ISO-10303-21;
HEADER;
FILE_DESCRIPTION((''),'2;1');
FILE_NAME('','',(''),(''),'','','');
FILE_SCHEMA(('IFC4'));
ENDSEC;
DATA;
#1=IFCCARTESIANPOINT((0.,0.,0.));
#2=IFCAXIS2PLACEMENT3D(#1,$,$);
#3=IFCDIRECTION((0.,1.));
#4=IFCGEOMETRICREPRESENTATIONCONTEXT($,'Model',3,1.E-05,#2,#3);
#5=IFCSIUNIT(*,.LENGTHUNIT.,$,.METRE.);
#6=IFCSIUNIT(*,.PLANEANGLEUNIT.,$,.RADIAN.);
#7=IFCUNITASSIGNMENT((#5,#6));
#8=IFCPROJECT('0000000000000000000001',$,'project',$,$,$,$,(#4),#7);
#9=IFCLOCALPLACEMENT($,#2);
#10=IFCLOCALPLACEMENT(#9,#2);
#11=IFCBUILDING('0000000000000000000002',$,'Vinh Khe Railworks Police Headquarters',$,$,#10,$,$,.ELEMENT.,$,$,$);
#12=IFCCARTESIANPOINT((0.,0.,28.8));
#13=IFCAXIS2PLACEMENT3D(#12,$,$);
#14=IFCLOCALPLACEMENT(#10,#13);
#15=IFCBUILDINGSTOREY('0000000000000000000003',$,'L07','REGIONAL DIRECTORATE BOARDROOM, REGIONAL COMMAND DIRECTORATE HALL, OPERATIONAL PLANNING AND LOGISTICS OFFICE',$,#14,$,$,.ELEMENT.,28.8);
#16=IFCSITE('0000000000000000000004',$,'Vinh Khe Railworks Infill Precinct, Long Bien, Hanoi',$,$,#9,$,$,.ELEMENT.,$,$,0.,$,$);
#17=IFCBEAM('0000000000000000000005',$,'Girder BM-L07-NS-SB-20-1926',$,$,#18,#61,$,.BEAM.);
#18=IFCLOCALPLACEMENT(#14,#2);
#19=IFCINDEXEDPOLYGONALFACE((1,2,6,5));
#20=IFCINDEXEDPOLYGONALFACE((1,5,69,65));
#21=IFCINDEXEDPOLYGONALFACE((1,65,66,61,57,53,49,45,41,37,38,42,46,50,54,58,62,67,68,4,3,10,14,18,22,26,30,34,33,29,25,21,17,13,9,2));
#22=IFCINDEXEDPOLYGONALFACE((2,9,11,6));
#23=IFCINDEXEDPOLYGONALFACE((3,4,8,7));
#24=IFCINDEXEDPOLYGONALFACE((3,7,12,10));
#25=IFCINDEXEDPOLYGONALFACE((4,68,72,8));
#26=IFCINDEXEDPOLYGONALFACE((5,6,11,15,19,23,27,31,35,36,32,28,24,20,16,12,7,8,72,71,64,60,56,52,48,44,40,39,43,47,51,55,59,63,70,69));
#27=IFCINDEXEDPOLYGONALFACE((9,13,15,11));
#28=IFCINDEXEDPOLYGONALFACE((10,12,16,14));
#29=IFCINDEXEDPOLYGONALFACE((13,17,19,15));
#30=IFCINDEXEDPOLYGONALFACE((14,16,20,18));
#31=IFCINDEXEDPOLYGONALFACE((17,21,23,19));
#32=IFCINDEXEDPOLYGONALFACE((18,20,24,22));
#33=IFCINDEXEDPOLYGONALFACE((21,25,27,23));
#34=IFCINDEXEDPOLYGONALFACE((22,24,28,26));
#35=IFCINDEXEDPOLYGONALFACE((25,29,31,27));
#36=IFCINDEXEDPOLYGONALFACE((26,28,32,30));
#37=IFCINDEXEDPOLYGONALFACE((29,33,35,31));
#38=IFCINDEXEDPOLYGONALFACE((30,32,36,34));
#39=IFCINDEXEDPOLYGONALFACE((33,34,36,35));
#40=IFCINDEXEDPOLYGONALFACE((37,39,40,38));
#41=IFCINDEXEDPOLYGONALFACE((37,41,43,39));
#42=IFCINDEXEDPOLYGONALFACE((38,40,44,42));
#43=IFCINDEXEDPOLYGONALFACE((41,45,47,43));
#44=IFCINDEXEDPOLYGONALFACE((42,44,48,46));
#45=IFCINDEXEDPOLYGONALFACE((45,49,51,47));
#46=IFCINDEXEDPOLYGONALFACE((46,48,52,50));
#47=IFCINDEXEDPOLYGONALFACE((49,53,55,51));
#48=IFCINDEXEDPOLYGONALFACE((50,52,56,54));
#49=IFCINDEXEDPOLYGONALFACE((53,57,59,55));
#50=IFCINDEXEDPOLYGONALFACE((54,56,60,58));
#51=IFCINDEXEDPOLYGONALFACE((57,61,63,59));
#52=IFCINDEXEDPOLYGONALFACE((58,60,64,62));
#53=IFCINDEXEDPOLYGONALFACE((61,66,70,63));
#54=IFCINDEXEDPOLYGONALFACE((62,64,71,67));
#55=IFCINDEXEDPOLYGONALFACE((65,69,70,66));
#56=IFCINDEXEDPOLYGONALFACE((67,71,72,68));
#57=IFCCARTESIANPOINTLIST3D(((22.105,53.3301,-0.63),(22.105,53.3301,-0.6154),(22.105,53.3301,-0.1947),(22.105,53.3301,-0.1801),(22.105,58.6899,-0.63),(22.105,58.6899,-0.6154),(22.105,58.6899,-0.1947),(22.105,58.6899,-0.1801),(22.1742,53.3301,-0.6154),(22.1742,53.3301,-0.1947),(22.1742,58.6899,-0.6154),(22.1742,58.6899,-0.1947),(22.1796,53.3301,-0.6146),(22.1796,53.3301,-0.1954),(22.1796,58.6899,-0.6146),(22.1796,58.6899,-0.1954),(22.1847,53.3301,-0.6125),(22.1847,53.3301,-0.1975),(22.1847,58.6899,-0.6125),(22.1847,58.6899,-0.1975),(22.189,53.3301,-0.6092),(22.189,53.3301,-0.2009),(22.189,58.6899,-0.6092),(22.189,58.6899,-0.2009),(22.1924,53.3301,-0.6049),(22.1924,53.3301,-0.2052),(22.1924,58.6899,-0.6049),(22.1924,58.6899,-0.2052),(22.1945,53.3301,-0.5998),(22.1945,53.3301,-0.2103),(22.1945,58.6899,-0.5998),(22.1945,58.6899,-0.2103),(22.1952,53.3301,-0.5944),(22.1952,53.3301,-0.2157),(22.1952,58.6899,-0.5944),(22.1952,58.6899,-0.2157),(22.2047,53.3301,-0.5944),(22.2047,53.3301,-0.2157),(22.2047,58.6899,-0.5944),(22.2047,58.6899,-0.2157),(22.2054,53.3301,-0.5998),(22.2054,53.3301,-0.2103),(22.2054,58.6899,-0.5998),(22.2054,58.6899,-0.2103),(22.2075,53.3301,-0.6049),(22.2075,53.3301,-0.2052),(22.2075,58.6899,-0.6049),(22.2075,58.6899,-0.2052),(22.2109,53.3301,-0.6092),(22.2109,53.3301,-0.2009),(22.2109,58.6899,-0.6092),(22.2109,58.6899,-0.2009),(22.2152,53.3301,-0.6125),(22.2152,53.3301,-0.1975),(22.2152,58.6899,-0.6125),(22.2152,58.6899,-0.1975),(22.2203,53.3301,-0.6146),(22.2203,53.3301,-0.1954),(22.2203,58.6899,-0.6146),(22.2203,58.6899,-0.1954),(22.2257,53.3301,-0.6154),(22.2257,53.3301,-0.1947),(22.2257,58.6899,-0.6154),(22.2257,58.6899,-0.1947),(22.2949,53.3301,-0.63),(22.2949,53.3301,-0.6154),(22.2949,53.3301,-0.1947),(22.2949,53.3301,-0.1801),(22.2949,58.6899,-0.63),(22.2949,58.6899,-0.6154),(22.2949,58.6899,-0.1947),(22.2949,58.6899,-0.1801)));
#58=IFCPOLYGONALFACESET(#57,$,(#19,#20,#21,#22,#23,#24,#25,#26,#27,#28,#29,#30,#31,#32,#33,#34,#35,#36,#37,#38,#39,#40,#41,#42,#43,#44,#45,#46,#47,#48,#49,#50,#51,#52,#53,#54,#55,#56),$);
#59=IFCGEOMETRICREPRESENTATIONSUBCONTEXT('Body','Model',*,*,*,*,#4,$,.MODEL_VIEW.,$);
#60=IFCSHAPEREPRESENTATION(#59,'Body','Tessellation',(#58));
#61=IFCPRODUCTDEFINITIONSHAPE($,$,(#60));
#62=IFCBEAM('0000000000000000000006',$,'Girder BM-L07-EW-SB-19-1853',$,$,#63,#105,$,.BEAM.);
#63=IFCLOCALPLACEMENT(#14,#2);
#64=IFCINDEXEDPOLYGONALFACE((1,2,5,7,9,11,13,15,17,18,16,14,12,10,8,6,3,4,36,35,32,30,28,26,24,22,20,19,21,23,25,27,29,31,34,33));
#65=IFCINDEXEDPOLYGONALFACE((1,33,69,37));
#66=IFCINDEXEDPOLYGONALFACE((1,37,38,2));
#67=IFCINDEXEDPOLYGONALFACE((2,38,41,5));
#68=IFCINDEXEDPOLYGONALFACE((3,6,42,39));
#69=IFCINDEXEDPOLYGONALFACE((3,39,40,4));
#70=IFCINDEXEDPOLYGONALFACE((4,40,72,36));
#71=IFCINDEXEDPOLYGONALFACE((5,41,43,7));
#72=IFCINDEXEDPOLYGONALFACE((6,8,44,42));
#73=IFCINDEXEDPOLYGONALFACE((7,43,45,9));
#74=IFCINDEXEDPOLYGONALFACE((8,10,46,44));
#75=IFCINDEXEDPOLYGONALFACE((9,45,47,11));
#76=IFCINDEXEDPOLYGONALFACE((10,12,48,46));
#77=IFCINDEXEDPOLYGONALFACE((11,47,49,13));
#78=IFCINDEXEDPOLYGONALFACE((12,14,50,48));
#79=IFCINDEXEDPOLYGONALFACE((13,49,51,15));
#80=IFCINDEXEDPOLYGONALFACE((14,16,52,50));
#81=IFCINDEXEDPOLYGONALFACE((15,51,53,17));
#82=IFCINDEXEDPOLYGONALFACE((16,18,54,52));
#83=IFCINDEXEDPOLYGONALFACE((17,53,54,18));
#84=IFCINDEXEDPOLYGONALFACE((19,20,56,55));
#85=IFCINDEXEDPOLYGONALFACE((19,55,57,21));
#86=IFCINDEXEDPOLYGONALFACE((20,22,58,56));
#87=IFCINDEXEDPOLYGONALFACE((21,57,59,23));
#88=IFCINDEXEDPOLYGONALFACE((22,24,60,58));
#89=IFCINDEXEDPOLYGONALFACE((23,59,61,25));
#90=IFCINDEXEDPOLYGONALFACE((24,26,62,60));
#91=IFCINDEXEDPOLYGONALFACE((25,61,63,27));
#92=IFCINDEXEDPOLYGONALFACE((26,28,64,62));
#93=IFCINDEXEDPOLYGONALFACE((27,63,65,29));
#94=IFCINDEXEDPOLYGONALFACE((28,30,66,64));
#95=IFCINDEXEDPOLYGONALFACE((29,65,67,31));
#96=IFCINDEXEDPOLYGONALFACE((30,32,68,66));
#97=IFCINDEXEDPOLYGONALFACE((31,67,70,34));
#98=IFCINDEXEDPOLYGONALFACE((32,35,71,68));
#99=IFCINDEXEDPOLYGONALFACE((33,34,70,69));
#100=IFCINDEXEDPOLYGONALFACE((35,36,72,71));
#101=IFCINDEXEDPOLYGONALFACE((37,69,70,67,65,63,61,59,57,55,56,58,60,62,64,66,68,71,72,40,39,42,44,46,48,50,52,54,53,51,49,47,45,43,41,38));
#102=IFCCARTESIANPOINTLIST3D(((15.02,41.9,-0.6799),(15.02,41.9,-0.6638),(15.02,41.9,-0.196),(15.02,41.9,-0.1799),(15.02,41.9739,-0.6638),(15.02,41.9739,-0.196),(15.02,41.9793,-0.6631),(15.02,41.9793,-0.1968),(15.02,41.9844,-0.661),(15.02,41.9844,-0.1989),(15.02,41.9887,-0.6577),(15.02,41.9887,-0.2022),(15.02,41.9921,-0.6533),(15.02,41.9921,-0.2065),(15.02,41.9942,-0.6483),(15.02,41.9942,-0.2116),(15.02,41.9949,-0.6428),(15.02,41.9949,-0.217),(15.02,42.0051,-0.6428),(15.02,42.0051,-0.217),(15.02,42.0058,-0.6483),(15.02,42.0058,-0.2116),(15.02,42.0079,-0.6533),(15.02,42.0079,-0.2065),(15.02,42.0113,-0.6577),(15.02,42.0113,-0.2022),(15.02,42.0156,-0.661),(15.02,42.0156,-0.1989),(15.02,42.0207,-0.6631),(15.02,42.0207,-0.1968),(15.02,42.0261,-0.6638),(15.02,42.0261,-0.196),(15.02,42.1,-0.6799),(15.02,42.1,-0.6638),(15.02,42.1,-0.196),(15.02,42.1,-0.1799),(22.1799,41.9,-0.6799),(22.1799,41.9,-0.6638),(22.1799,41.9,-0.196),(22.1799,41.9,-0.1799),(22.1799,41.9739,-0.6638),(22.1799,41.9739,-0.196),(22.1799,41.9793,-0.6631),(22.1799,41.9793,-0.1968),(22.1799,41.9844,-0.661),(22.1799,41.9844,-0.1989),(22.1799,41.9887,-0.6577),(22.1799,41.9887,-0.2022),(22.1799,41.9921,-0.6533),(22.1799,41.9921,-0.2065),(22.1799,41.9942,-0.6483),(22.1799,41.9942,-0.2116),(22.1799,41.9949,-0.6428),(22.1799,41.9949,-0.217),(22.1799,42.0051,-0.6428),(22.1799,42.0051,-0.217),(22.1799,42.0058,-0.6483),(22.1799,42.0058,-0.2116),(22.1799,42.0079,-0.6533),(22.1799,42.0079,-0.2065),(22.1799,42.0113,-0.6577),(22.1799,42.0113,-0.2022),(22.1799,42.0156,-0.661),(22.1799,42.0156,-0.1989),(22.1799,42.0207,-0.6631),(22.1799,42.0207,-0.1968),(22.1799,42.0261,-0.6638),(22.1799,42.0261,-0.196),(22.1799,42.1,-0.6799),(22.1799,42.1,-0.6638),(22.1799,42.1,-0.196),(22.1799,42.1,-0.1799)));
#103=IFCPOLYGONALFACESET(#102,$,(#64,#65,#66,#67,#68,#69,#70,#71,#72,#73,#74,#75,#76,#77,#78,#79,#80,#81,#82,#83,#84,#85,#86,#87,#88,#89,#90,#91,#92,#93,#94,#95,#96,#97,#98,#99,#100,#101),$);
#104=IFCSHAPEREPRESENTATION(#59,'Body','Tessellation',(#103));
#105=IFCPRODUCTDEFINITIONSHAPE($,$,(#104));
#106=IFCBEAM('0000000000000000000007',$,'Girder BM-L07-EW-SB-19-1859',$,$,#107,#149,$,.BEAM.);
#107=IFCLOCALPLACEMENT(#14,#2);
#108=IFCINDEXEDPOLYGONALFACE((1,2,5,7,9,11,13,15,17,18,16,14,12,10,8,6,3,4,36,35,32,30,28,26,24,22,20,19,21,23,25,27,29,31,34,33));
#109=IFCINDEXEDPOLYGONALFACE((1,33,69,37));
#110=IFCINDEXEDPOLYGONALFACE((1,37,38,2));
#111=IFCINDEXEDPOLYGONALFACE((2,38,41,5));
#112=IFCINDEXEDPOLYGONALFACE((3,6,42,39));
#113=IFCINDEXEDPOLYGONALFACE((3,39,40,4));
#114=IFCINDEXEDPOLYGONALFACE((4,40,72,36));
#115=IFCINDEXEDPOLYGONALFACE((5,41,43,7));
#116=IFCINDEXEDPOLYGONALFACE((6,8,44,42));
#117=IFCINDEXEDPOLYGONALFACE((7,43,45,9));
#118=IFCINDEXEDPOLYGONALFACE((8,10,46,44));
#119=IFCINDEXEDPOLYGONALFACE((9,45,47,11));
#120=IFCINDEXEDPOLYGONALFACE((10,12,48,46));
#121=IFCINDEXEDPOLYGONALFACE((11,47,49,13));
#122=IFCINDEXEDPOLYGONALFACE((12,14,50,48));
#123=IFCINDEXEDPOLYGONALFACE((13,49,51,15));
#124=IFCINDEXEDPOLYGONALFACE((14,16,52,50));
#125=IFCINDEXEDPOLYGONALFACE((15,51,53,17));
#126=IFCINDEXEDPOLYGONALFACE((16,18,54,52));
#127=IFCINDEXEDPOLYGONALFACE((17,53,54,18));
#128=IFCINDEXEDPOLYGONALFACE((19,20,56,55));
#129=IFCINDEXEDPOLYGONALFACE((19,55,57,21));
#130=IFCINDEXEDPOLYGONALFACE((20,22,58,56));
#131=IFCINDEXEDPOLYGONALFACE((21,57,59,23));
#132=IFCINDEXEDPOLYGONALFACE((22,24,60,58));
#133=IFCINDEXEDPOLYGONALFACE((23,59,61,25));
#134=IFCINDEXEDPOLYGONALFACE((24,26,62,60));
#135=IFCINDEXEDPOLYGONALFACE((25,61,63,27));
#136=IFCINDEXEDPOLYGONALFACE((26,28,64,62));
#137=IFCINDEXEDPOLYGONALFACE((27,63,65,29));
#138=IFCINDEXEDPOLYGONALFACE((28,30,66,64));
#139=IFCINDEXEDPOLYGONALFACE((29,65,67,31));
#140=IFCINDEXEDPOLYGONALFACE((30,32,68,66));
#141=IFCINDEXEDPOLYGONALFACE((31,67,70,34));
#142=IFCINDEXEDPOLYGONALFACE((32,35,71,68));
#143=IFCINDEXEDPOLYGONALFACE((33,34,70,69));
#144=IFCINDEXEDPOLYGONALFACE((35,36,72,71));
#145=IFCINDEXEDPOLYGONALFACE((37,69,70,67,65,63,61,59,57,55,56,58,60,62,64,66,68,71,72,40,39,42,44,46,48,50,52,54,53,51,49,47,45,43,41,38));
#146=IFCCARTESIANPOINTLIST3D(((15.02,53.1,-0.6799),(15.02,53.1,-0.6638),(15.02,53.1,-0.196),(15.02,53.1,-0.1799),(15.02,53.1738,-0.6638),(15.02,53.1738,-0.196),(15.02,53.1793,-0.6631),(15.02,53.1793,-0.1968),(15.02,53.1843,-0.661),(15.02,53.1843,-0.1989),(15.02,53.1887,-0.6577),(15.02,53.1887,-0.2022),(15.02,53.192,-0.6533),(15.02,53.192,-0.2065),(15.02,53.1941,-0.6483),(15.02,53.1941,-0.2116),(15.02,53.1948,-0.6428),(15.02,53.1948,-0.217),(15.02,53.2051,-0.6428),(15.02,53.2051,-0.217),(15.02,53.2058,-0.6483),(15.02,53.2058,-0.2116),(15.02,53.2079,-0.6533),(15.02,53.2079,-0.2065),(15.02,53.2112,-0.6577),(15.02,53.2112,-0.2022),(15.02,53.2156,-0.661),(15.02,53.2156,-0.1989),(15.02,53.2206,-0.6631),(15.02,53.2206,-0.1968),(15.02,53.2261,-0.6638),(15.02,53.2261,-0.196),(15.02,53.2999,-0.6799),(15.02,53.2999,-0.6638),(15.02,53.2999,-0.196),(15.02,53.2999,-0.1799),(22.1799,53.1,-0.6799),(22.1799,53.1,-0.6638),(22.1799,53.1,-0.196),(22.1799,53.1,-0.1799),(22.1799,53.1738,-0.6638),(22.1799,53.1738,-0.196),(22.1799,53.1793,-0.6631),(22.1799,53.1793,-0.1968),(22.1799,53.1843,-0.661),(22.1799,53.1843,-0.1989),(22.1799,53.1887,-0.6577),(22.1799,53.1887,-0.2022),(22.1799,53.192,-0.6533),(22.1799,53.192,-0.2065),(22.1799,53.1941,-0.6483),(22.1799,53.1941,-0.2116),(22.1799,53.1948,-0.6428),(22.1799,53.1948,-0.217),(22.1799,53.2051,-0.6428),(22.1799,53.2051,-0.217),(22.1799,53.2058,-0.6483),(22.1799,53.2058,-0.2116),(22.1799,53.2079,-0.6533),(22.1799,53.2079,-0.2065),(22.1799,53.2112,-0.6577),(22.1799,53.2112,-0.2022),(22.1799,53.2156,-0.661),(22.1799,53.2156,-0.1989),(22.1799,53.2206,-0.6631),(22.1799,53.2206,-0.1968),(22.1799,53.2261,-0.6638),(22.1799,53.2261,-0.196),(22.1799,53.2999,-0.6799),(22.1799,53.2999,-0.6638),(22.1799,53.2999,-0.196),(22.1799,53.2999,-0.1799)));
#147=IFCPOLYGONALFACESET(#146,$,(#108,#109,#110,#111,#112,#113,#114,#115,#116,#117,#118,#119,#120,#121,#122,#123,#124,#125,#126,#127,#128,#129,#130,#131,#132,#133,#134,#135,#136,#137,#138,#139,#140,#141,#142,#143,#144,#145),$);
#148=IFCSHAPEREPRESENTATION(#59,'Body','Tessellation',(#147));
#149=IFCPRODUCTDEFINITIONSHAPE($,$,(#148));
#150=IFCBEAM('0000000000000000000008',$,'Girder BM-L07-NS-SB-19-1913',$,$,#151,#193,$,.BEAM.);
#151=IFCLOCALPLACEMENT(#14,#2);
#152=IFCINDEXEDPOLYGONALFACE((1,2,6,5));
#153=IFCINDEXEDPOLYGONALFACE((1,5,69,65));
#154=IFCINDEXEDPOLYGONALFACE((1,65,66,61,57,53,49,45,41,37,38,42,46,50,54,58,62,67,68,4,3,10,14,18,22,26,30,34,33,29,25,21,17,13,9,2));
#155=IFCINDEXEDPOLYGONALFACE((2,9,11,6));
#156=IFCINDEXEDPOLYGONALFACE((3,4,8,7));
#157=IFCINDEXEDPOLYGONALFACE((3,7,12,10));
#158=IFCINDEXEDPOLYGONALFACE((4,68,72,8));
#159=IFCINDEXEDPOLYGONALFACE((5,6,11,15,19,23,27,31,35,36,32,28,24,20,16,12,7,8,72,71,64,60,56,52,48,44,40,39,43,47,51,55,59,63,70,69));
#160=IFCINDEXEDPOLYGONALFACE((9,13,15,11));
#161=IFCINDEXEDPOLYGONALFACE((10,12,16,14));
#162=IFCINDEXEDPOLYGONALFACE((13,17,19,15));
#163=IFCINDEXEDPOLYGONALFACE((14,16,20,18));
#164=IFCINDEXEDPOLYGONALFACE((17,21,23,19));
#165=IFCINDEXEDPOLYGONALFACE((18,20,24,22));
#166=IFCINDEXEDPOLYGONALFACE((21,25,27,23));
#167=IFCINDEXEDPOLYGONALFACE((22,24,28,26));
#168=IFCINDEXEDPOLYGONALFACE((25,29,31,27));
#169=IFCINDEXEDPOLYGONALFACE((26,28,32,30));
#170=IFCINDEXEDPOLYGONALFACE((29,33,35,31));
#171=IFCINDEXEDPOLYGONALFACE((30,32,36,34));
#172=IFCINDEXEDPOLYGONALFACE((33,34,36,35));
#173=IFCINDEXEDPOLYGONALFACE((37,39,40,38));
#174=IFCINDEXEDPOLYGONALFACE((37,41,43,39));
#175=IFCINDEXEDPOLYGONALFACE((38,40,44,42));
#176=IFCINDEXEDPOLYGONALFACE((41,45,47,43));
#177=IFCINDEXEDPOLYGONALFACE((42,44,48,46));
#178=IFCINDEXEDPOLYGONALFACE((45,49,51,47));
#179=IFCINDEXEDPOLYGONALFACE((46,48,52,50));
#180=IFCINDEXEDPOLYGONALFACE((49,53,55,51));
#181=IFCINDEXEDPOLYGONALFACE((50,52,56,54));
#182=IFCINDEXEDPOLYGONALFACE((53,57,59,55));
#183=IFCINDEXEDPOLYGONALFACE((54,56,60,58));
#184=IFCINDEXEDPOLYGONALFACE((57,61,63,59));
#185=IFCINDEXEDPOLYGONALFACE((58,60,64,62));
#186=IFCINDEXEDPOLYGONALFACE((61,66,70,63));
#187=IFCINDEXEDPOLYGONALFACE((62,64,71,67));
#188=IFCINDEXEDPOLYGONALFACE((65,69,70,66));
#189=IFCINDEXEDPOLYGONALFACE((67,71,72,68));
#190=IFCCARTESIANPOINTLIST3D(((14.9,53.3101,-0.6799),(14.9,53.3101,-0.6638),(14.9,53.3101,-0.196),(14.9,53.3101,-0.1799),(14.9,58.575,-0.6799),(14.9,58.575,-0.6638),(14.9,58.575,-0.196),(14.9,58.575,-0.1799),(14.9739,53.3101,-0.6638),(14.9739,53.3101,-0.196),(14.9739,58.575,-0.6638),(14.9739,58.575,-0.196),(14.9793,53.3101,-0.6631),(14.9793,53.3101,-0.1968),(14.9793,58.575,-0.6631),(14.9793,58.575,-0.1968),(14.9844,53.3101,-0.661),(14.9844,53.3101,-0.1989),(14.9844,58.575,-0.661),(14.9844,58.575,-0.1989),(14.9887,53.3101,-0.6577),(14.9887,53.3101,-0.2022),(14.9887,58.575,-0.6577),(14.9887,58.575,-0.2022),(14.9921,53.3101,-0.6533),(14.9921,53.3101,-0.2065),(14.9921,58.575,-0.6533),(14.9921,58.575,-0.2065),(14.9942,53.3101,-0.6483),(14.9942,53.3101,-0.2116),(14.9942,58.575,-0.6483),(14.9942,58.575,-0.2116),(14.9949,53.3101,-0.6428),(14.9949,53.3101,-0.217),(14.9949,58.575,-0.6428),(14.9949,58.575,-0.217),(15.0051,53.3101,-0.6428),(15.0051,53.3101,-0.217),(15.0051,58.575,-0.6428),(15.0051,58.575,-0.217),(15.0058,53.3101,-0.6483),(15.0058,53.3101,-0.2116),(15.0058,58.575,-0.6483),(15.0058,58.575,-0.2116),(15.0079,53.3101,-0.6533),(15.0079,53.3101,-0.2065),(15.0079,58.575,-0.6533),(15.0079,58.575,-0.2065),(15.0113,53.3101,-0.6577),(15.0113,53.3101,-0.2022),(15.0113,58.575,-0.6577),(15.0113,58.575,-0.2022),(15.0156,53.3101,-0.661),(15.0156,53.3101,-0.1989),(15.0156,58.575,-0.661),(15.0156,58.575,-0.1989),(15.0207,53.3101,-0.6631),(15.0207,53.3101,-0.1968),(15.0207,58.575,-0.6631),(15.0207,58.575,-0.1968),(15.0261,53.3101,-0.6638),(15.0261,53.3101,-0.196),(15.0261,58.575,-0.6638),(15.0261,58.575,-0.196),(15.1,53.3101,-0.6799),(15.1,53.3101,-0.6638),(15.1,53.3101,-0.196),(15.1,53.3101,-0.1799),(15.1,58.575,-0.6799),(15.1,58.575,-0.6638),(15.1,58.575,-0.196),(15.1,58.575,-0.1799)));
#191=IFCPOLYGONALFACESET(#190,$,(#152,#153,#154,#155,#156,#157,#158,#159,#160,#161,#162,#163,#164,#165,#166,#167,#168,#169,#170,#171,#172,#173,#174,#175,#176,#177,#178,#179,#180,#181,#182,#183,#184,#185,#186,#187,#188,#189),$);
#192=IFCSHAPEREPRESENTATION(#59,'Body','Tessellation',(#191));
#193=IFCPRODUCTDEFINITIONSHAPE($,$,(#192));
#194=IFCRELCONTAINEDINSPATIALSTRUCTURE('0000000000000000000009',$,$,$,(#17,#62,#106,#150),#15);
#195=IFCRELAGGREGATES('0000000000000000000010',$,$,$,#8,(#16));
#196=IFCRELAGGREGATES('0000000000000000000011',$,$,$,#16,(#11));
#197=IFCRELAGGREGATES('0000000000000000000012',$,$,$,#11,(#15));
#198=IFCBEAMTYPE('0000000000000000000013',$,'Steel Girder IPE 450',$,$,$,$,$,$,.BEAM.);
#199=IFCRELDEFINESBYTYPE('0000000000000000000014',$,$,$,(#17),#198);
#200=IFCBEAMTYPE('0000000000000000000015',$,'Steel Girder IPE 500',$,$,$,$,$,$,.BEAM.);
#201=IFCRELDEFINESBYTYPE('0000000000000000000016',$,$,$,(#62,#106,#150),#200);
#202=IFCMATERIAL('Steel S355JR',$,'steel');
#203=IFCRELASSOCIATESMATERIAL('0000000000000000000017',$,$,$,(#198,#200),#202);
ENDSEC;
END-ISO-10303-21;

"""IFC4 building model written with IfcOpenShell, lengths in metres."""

from ifc_helpers import new_model, si_unit, direction, frame, origin, origin_2d, place, context, subcontext, project, spatial, i_section, extrude, material, material_profile, profile_set, type_object, element, save


model = new_model("IFC4")

# Units and contexts
model_context = context("Model", 3, precision=1e-05, world=origin(), true_north=direction((0.0, 1.0)))
body_context = subcontext(model_context, "Body", "Model", "MODEL_VIEW")
ifc_project = project(units=[si_unit("LENGTHUNIT", "METRE"), si_unit("PLANEANGLEUNIT", "RADIAN")], contexts=[model_context])

# Site, building, storey
site_placement = place(None, origin())
site = spatial("IfcSite", under=ifc_project, at=site_placement, Name="Vinh Khe Railworks Infill Precinct, Long Bien, Hanoi", CompositionType="ELEMENT", RefElevation=0.0)
building_placement = place(site_placement, origin())
building = spatial("IfcBuilding", under=site, at=building_placement, Name="Vinh Khe Railworks Police Headquarters", CompositionType="ELEMENT")
storey_placement = place(building_placement, frame((0.0, 0.0, 28.8)))
storey = spatial("IfcBuildingStorey", under=building, at=storey_placement, Name="L07", Description="REGIONAL DIRECTORATE BOARDROOM, REGIONAL COMMAND DIRECTORATE HALL, OPERATIONAL PLANNING AND LOGISTICS OFFICE", CompositionType="ELEMENT", Elevation=28.8)

# Shared definitions
ifc_material_1 = material(Name="Steel S355JR", Category="steel")

# Beams
ifc_material_profile_1 = material_profile(ifc_material_1, i_section(OverallWidth=0.1899, OverallDepth=0.45, WebThickness=0.0095, FlangeThickness=0.0146, FilletRadius=0.021, at=origin_2d()), Name="IPE 450")
ifc_profile_set_1 = profile_set([ifc_material_profile_1], Name="Steel S355JR")
beam_type_1 = type_object("IfcBeamType", Name="Steel Girder IPE 450", PredefinedType="BEAM", material=ifc_profile_set_1)
beam_1_placement = place(storey_placement, frame((22.2, 53.3301, -0.405), z_axis=(0.0, 1.0, 0.0), x_axis=(-1.0, 0.0, 0.0)))
element("IfcBeam", 1, at=beam_1_placement, inside=storey, type_object=beam_type_1, Name="Girder BM-L07-NS-SB-20-1926", PredefinedType="BEAM", context=body_context, shape_type="SweptSolid", body=[
    extrude(i_section(OverallWidth=0.1899, OverallDepth=0.45, WebThickness=0.0095, FlangeThickness=0.0146, FilletRadius=0.021, at=origin_2d()), origin(), (0.0, 0.0, 1.0), 5.3599),
])
ifc_material_profile_2 = material_profile(ifc_material_1, i_section(OverallWidth=0.2, OverallDepth=0.5, WebThickness=0.0103, FlangeThickness=0.0161, FilletRadius=0.021, at=origin_2d()), Name="IPE 500")
ifc_profile_set_2 = profile_set([ifc_material_profile_2], Name="Steel S355JR")
beam_type_2 = type_object("IfcBeamType", Name="Steel Girder IPE 500", PredefinedType="BEAM", material=ifc_profile_set_2)
for number, where, z_axis, x_axis, name in (
    (2, (15.02, 42.0, -0.4299), (1.0, 0.0, 0.0), (0.0, 1.0, 0.0), "Girder BM-L07-EW-SB-19-1853"),
    (3, (15.02, 53.2, -0.4299), (1.0, 0.0, 0.0), (0.0, 1.0, 0.0), "Girder BM-L07-EW-SB-19-1859"),
):
    element("IfcBeam", number, at=place(storey_placement, frame(where, z_axis=z_axis, x_axis=x_axis)), inside=storey, type_object=beam_type_2, Name=name, PredefinedType="BEAM", context=body_context, shape_type="SweptSolid", body=[
        extrude(i_section(OverallWidth=0.2, OverallDepth=0.5, WebThickness=0.0103, FlangeThickness=0.0161, FilletRadius=0.021, at=origin_2d()), origin(), (0.0, 0.0, 1.0), 7.1599),
    ])
beam_2_placement = place(storey_placement, frame((15.0, 53.3101, -0.4299), z_axis=(0.0, 1.0, 0.0), x_axis=(-1.0, 0.0, 0.0)))
element("IfcBeam", 4, at=beam_2_placement, inside=storey, type_object=beam_type_2, Name="Girder BM-L07-NS-SB-19-1913", PredefinedType="BEAM", context=body_context, shape_type="SweptSolid", body=[
    extrude(i_section(OverallWidth=0.2, OverallDepth=0.5, WebThickness=0.0103, FlangeThickness=0.0161, FilletRadius=0.021, at=origin_2d()), origin(), (0.0, 0.0, 1.0), 5.2649),
])

save(model, "model.ifc")
